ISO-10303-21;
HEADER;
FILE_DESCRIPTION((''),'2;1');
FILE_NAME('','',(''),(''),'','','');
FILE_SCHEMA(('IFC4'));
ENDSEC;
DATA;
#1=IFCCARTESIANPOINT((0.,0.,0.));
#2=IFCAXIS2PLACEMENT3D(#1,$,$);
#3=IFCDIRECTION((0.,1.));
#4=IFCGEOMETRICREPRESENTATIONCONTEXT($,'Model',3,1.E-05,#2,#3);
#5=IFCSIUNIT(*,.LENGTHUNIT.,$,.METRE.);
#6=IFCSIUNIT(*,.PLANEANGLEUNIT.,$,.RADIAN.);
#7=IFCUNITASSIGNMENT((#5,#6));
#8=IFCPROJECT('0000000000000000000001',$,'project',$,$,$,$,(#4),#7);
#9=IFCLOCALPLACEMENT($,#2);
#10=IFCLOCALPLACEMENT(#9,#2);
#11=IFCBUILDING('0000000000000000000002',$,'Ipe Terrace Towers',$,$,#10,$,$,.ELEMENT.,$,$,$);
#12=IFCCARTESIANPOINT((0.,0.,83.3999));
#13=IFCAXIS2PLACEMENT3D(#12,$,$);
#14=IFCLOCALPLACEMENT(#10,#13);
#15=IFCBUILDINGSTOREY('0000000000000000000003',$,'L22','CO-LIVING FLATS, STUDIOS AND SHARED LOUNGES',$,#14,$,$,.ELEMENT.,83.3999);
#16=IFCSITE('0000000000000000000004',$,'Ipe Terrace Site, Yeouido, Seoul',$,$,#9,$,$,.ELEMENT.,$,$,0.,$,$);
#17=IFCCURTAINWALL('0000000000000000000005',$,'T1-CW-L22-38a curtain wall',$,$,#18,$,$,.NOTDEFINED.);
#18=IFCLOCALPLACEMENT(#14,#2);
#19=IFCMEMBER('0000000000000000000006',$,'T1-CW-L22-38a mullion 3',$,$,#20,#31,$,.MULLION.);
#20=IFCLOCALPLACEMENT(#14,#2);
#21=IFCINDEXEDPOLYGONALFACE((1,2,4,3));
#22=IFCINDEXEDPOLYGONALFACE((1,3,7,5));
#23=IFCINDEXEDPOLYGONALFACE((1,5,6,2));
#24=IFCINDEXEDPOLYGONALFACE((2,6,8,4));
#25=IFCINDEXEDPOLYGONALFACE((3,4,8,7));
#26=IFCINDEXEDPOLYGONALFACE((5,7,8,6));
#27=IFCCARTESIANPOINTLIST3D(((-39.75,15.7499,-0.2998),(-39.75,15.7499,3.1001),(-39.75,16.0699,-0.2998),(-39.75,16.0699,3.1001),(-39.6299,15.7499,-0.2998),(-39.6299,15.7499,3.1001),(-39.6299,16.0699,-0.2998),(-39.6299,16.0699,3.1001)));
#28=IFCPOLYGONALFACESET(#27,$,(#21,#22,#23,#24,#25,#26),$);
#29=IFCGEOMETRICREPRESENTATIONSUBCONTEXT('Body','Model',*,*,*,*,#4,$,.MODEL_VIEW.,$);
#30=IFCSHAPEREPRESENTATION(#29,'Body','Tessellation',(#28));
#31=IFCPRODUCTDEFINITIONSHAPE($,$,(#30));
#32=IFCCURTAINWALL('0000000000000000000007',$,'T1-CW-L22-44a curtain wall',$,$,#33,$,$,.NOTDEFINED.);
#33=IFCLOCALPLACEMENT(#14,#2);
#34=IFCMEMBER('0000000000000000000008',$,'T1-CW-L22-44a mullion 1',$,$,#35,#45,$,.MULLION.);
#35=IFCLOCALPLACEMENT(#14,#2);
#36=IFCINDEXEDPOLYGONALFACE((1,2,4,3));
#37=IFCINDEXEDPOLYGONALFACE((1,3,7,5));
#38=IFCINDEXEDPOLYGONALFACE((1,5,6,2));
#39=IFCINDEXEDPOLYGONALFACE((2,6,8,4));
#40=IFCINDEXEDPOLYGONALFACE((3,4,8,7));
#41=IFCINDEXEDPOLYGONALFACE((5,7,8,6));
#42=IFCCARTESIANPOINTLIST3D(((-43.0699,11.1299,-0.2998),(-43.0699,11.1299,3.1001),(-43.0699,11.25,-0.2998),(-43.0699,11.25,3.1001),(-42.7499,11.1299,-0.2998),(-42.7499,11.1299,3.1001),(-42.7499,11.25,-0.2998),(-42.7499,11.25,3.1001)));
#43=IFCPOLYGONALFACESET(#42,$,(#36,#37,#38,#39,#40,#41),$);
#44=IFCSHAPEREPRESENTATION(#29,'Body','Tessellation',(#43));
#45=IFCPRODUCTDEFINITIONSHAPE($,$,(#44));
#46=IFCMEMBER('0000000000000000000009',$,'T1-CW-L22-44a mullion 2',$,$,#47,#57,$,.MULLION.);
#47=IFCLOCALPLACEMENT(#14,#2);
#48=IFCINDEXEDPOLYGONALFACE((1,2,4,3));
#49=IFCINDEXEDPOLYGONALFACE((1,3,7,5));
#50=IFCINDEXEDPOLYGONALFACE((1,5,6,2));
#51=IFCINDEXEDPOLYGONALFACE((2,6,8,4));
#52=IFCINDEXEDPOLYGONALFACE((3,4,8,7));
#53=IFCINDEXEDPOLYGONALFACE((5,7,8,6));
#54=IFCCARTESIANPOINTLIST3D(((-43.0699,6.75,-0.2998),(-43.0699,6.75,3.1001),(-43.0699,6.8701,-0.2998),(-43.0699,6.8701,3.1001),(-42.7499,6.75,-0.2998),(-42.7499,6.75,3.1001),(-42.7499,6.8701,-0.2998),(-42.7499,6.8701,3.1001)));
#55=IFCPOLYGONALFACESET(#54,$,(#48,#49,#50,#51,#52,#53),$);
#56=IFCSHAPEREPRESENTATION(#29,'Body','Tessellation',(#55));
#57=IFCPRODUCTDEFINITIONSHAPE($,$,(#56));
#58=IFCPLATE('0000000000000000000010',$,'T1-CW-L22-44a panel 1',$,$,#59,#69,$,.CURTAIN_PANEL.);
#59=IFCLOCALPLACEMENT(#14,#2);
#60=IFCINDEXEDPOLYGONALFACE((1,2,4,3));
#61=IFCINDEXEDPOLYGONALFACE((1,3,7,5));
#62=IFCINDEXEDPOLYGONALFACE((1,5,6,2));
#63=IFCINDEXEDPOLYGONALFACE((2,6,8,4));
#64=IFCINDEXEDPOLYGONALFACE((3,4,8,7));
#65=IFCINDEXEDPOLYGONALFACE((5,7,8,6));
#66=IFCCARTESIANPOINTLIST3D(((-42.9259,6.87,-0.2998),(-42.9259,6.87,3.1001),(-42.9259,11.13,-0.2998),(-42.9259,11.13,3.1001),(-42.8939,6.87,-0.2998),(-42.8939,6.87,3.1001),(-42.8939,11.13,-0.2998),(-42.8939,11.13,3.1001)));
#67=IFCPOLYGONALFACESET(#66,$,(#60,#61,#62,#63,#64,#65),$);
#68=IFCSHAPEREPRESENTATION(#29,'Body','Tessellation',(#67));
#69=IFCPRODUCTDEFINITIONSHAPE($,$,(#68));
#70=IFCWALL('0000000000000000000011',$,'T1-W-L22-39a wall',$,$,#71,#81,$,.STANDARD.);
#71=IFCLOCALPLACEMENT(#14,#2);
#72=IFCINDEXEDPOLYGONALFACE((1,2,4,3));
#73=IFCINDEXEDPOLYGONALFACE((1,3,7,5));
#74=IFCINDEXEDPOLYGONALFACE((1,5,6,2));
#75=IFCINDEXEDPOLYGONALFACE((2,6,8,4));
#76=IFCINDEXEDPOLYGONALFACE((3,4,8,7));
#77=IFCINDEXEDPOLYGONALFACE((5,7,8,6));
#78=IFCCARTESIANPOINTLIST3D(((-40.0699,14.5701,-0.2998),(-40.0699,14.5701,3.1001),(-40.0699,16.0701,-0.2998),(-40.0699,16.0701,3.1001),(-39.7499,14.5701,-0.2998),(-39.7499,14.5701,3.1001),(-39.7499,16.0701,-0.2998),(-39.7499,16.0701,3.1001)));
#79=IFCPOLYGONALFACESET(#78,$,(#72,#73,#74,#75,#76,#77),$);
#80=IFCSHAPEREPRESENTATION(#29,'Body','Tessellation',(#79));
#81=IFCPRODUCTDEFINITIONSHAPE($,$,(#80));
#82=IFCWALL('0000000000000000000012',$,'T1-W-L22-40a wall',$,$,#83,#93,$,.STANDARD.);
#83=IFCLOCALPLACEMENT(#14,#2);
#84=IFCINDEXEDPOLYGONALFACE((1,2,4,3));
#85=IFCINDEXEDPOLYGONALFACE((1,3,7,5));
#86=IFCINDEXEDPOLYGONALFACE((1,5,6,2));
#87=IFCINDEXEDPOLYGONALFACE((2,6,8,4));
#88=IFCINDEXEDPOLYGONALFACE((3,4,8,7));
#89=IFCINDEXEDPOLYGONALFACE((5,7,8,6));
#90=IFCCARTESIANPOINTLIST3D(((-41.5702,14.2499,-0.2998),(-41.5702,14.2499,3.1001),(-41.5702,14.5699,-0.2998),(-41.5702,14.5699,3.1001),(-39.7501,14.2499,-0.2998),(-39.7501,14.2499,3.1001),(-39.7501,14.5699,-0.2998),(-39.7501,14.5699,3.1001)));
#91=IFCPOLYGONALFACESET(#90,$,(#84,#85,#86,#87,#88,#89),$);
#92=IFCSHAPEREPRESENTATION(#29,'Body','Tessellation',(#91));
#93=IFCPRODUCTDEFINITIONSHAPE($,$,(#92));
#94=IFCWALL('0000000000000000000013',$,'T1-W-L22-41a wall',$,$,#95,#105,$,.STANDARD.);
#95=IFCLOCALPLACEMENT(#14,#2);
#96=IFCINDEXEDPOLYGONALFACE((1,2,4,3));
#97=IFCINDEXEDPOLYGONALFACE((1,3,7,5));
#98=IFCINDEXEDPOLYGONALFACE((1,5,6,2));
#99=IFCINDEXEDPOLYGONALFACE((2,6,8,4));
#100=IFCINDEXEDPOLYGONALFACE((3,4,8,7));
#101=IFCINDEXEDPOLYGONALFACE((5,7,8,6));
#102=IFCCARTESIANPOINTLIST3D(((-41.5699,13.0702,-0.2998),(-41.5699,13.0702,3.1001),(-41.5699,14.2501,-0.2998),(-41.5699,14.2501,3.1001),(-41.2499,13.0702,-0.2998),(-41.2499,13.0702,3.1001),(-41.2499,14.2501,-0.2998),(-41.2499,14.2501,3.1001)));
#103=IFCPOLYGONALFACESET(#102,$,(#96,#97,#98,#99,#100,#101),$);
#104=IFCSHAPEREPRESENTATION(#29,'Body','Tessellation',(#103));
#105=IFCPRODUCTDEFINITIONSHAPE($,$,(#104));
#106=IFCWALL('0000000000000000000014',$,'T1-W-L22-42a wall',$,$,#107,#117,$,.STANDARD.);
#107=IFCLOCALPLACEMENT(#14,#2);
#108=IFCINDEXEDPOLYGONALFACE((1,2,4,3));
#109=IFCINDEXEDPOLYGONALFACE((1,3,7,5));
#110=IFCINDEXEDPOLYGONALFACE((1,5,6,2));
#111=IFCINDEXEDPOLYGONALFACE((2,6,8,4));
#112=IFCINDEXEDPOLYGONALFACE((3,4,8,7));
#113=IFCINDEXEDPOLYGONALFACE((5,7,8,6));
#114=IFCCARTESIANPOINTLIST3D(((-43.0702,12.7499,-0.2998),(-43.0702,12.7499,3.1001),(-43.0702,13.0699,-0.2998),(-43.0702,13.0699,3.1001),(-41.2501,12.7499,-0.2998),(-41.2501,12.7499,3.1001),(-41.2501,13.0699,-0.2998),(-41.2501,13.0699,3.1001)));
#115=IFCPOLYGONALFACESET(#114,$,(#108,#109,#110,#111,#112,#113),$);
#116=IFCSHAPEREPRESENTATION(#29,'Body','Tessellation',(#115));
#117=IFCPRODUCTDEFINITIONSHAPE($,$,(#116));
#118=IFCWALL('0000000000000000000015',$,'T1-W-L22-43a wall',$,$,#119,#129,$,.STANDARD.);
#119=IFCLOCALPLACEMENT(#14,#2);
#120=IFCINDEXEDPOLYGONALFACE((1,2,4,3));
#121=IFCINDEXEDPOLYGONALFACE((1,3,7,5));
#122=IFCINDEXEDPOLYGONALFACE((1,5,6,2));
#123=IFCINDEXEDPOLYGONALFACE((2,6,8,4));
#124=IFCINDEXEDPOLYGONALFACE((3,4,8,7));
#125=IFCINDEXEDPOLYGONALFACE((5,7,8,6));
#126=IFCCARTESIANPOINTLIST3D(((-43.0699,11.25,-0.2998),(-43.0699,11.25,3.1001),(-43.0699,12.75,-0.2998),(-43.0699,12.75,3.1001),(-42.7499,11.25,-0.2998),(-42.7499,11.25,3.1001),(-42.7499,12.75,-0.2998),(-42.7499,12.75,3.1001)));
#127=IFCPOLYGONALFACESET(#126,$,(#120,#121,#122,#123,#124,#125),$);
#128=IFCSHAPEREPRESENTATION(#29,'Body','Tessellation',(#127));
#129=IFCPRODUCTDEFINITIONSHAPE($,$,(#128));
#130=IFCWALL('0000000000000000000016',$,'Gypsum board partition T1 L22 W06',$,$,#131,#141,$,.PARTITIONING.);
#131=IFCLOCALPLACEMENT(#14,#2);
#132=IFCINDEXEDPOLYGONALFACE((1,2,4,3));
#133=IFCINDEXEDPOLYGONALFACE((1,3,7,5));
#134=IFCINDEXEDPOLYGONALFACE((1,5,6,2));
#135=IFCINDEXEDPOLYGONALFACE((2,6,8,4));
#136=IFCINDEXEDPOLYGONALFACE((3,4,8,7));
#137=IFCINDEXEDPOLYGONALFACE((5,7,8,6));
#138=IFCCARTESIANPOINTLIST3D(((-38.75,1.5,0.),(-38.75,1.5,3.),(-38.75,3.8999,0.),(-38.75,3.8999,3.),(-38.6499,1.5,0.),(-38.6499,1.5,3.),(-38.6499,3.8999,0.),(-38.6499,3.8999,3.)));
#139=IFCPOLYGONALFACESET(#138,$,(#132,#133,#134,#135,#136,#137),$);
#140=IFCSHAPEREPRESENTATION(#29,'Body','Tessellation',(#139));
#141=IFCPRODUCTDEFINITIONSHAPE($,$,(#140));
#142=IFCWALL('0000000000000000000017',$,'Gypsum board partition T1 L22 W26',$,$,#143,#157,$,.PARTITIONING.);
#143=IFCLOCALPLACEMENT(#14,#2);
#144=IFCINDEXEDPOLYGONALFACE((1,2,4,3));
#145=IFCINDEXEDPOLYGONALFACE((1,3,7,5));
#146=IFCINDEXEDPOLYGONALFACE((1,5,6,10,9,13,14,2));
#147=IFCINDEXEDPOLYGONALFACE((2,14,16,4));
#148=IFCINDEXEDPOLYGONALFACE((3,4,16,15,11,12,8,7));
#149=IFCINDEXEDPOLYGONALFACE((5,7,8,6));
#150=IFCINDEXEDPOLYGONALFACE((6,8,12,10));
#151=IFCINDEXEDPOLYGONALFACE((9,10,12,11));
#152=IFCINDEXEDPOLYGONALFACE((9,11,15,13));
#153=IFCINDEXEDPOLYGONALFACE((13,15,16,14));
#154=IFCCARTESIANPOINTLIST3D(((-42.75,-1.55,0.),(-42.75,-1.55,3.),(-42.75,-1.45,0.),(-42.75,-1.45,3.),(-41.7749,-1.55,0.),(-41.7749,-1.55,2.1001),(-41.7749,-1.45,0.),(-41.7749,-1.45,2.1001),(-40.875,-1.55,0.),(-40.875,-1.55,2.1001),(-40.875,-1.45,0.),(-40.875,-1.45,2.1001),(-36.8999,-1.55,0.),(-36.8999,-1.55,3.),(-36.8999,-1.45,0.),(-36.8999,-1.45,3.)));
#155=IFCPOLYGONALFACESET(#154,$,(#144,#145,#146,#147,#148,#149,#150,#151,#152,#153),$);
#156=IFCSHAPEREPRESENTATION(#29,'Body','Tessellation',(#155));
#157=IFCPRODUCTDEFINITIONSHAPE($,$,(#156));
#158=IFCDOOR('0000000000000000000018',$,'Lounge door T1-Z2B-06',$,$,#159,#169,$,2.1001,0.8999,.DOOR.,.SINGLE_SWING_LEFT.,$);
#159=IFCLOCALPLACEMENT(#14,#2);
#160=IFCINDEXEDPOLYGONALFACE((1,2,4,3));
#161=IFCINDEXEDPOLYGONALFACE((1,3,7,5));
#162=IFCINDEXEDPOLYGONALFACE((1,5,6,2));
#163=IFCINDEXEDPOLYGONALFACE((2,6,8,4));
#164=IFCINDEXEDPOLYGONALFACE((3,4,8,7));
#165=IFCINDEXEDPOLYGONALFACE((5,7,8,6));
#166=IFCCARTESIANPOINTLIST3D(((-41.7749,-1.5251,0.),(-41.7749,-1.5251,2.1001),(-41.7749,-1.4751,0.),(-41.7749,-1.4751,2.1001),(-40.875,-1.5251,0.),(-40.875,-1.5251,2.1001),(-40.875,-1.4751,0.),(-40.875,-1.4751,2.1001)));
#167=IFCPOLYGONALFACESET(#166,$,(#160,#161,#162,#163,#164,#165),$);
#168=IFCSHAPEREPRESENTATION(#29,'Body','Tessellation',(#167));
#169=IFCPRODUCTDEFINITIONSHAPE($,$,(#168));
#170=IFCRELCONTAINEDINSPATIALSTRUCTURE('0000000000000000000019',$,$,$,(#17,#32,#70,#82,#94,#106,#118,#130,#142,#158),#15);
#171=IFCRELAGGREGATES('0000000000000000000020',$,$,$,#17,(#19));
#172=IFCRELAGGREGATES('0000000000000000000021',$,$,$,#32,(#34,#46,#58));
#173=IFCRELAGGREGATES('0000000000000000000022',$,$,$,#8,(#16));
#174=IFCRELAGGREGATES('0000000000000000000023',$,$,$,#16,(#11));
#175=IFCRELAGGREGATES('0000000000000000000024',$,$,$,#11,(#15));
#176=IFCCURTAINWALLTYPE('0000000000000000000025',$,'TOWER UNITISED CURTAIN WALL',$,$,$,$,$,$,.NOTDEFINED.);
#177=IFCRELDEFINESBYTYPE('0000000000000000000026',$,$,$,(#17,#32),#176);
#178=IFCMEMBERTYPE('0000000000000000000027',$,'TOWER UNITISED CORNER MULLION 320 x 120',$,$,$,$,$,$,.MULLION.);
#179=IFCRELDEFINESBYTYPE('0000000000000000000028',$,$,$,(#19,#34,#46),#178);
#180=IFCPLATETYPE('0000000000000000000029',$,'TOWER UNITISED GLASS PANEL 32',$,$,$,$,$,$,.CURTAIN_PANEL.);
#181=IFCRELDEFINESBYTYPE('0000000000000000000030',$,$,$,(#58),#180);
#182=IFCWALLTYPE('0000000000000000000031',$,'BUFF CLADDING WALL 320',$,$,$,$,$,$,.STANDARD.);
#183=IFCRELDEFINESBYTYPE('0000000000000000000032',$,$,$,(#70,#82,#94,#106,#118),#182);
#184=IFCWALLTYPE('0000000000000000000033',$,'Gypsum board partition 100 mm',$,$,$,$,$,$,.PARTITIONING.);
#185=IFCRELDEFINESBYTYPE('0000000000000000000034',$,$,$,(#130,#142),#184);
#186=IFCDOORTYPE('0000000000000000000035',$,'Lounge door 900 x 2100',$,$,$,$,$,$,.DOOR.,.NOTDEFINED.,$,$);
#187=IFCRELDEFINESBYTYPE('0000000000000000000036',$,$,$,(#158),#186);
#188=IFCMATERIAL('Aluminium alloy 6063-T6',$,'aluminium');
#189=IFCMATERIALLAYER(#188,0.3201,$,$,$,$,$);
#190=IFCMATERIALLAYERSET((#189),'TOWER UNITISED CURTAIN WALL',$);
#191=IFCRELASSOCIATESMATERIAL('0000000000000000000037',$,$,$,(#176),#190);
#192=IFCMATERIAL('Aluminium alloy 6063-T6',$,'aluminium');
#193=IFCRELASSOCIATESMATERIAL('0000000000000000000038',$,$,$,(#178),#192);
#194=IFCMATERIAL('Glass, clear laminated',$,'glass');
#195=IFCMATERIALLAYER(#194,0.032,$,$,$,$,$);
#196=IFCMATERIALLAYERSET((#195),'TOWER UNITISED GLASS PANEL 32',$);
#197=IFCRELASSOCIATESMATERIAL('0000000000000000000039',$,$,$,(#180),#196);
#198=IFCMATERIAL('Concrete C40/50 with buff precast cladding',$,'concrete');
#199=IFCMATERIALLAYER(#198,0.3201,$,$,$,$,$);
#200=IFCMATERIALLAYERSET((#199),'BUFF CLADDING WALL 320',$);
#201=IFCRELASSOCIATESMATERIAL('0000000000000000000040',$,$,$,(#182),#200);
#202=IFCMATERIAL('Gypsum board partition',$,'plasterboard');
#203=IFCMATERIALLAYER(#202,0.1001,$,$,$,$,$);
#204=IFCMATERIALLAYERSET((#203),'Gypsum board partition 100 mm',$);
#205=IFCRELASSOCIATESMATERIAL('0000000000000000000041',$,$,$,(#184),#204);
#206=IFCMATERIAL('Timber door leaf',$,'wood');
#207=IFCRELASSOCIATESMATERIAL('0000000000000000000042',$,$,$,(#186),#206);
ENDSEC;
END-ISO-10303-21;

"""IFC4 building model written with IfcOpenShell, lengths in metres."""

from ifc_helpers import new_model, si_unit, direction, frame, frame_2d, origin, origin_2d, place, context, subcontext, project, spatial, rectangle, extrude, material, layer, layer_set, material_profile, profile_set, type_object, element, fill, aggregate, save


model = new_model("IFC4")

# Units and contexts
model_context = context("Model", 3, precision=1e-05, world=origin(), true_north=direction((0.0, 1.0)))
body_context = subcontext(model_context, "Body", "Model", "MODEL_VIEW")
ifc_project = project(units=[si_unit("LENGTHUNIT", "METRE"), si_unit("PLANEANGLEUNIT", "RADIAN")], contexts=[model_context])

# Site, building, storey
site_placement = place(None, origin())
site = spatial("IfcSite", under=ifc_project, at=site_placement, Name="Ipe Terrace Site, Yeouido, Seoul", CompositionType="ELEMENT", RefElevation=0.0)
building_placement = place(site_placement, origin())
building = spatial("IfcBuilding", under=site, at=building_placement, Name="Ipe Terrace Towers", CompositionType="ELEMENT")
storey_placement = place(building_placement, frame((0.0, 0.0, 83.3999)))
storey = spatial("IfcBuildingStorey", under=building, at=storey_placement, Name="L22", Description="CO-LIVING FLATS, STUDIOS AND SHARED LOUNGES", CompositionType="ELEMENT", Elevation=83.3999)

# Curtain wall, member
ifc_material_1 = material(Name="Aluminium alloy 6063-T6", Category="aluminium")
ifc_layer_1 = layer(ifc_material_1, 0.3201)
ifc_layer_set_1 = layer_set([ifc_layer_1], Name="TOWER UNITISED CURTAIN WALL")
curtain_wall_type = type_object("IfcCurtainWallType", Name="TOWER UNITISED CURTAIN WALL", PredefinedType="NOTDEFINED", material=ifc_layer_set_1)
curtain_wall_1_placement = place(storey_placement, origin())
curtain_wall_1 = element("IfcCurtainWall", 1, at=curtain_wall_1_placement, inside=storey, type_object=curtain_wall_type, Name="T1-CW-L22-38a curtain wall", PredefinedType="NOTDEFINED")
ifc_material_2 = material(Name="Aluminium alloy 6063-T6", Category="aluminium")
ifc_material_profile_1 = material_profile(ifc_material_2, rectangle(XDim=0.3201, YDim=0.1201, at=origin_2d()), Name="TOWER UNITISED CORNER MULLION 320 x 120")
ifc_profile_set_1 = profile_set([ifc_material_profile_1], Name="Aluminium alloy 6063-T6")
member_type = type_object("IfcMemberType", Name="TOWER UNITISED CORNER MULLION 320 x 120", PredefinedType="MULLION", material=ifc_profile_set_1)
member_1_placement = place(storey_placement, frame((-39.6899, 15.9099, -0.2998), z_axis=(0.0, 0.0, 1.0), x_axis=(0.0, 1.0, 0.0)))
member_1 = element("IfcMember", 2, at=member_1_placement, type_object=member_type, Name="T1-CW-L22-38a mullion 3", PredefinedType="MULLION", context=body_context, shape_type="SweptSolid", body=[
    extrude(rectangle(XDim=0.3201, YDim=0.1201, at=origin_2d()), origin(), (0.0, 0.0, 1.0), 3.3999),
])
aggregate(curtain_wall_1, [member_1])

# Curtain wall, members, plate
curtain_wall_2_placement = place(storey_placement, origin())
curtain_wall_2 = element("IfcCurtainWall", 3, at=curtain_wall_2_placement, inside=storey, type_object=curtain_wall_type, Name="T1-CW-L22-44a curtain wall", PredefinedType="NOTDEFINED")
member_2_placement = place(storey_placement, frame((-42.9099, 11.1899, -0.2998), z_axis=(0.0, 0.0, 1.0), x_axis=(-1.0, 0.0, 0.0)))
member_2 = element("IfcMember", 4, at=member_2_placement, type_object=member_type, Name="T1-CW-L22-44a mullion 1", PredefinedType="MULLION", context=body_context, shape_type="SweptSolid", body=[
    extrude(rectangle(XDim=0.3201, YDim=0.1201, at=origin_2d()), origin(), (0.0, 0.0, 1.0), 3.3999),
])
member_3_placement = place(storey_placement, frame((-42.9099, 6.8101, -0.2998), z_axis=(0.0, 0.0, 1.0), x_axis=(-1.0, 0.0, 0.0)))
member_3 = element("IfcMember", 5, at=member_3_placement, type_object=member_type, Name="T1-CW-L22-44a mullion 2", PredefinedType="MULLION", context=body_context, shape_type="SweptSolid", body=[
    extrude(rectangle(XDim=0.3201, YDim=0.1201, at=origin_2d()), origin(), (0.0, 0.0, 1.0), 3.3999),
])
ifc_material_3 = material(Name="Glass, clear laminated", Category="glass")
ifc_layer_2 = layer(ifc_material_3, 0.032)
ifc_layer_set_2 = layer_set([ifc_layer_2], Name="TOWER UNITISED GLASS PANEL 32")
plate_type = type_object("IfcPlateType", Name="TOWER UNITISED GLASS PANEL 32", PredefinedType="CURTAIN_PANEL", material=ifc_layer_set_2)
plate_placement = place(storey_placement, frame((-42.9099, 9.0, -0.2998), z_axis=(0.0, 0.0, 1.0), x_axis=(0.0, -1.0, 0.0)))
plate = element("IfcPlate", 6, at=plate_placement, type_object=plate_type, Name="T1-CW-L22-44a panel 1", PredefinedType="CURTAIN_PANEL", context=body_context, shape_type="SweptSolid", body=[
    extrude(rectangle(XDim=4.26, YDim=0.032, at=origin_2d()), origin(), (0.0, 0.0, 1.0), 3.3999),
])
aggregate(curtain_wall_2, [member_2, member_3, plate])

# Walls
ifc_material_4 = material(Name="Concrete C40/50 with buff precast cladding", Category="concrete")
ifc_layer_3 = layer(ifc_material_4, 0.3201)
ifc_layer_set_3 = layer_set([ifc_layer_3], Name="BUFF CLADDING WALL 320")
wall_type_1 = type_object("IfcWallType", Name="BUFF CLADDING WALL 320", PredefinedType="STANDARD", material=ifc_layer_set_3)
wall_1_placement = place(storey_placement, frame((-39.9099, 16.0701, -0.2998), z_axis=(0.0, 0.0, 1.0), x_axis=(0.0, -1.0, 0.0)))
element("IfcWall", 7, at=wall_1_placement, inside=storey, type_object=wall_type_1, Name="T1-W-L22-39a wall", PredefinedType="STANDARD", context=body_context, shape_type="SweptSolid", body=[
    extrude(rectangle(XDim=1.5, YDim=0.3201, at=frame_2d((0.75, 0.0))), origin(), (0.0, 0.0, 1.0), 3.3999),
])
wall_2_placement = place(storey_placement, frame((-39.75, 14.4099, -0.2998), z_axis=(0.0, 0.0, 1.0), x_axis=(-1.0, 0.0, 0.0)))
element("IfcWall", 8, at=wall_2_placement, inside=storey, type_object=wall_type_1, Name="T1-W-L22-40a wall", PredefinedType="STANDARD", context=body_context, shape_type="SweptSolid", body=[
    extrude(rectangle(XDim=1.8201, YDim=0.3201, at=frame_2d((0.9102, 0.0))), origin(), (0.0, 0.0, 1.0), 3.3999),
])
wall_3_placement = place(storey_placement, frame((-41.4099, 14.25, -0.2998), z_axis=(0.0, 0.0, 1.0), x_axis=(0.0, -1.0, 0.0)))
element("IfcWall", 9, at=wall_3_placement, inside=storey, type_object=wall_type_1, Name="T1-W-L22-41a wall", PredefinedType="STANDARD", context=body_context, shape_type="SweptSolid", body=[
    extrude(rectangle(XDim=1.1799, YDim=0.3201, at=frame_2d((0.5898, 0.0))), origin(), (0.0, 0.0, 1.0), 3.3999),
])
wall_4_placement = place(storey_placement, frame((-41.25, 12.9099, -0.2998), z_axis=(0.0, 0.0, 1.0), x_axis=(-1.0, 0.0, 0.0)))
element("IfcWall", 10, at=wall_4_placement, inside=storey, type_object=wall_type_1, Name="T1-W-L22-42a wall", PredefinedType="STANDARD", context=body_context, shape_type="SweptSolid", body=[
    extrude(rectangle(XDim=1.8201, YDim=0.3201, at=frame_2d((0.9102, 0.0))), origin(), (0.0, 0.0, 1.0), 3.3999),
])
wall_5_placement = place(storey_placement, frame((-42.9099, 12.75, -0.2998), z_axis=(0.0, 0.0, 1.0), x_axis=(0.0, -1.0, 0.0)))
element("IfcWall", 11, at=wall_5_placement, inside=storey, type_object=wall_type_1, Name="T1-W-L22-43a wall", PredefinedType="STANDARD", context=body_context, shape_type="SweptSolid", body=[
    extrude(rectangle(XDim=1.5, YDim=0.3201, at=frame_2d((0.75, 0.0))), origin(), (0.0, 0.0, 1.0), 3.3999),
])
ifc_material_5 = material(Name="Gypsum board partition", Category="plasterboard")
ifc_layer_4 = layer(ifc_material_5, 0.1001)
ifc_layer_set_4 = layer_set([ifc_layer_4], Name="Gypsum board partition 100 mm")
wall_type_2 = type_object("IfcWallType", Name="Gypsum board partition 100 mm", PredefinedType="PARTITIONING", material=ifc_layer_set_4)
wall_6_placement = place(storey_placement, frame((-38.7, 1.5, 0.0), z_axis=(0.0, 0.0, 1.0), x_axis=(0.0, 1.0, 0.0)))
element("IfcWall", 12, at=wall_6_placement, inside=storey, type_object=wall_type_2, Name="Gypsum board partition T1 L22 W06", PredefinedType="PARTITIONING", context=body_context, shape_type="SweptSolid", body=[
    extrude(rectangle(XDim=2.3999, YDim=0.1001, at=frame_2d((1.2, 0.0))), origin(), (0.0, 0.0, 1.0), 3.0),
])

# Wall, opening, door
wall_7_placement = place(storey_placement, frame((-42.75, -1.5, 0.0), z_axis=(0.0, 0.0, 1.0), x_axis=(1.0, 0.0, 0.0)))
wall_7 = element("IfcWall", 13, at=wall_7_placement, inside=storey, type_object=wall_type_2, Name="Gypsum board partition T1 L22 W26", PredefinedType="PARTITIONING", context=body_context, shape_type="SweptSolid", body=[
    extrude(rectangle(XDim=5.8501, YDim=0.1001, at=frame_2d((2.925, 0.0))), origin(), (0.0, 0.0, 1.0), 3.0),
])
opening_1_placement = place(wall_7_placement, frame((0.9751, 0.0, 0.0)))
opening_1 = element("IfcOpeningElement", 14, at=opening_1_placement, cuts=wall_7, PredefinedType="OPENING", context=body_context, shape_type="SweptSolid", body=[
    extrude(rectangle(XDim=0.8999, YDim=2.1001, at=frame_2d((0.45, 1.05))), frame((0.0, 0.0601, 0.0), z_axis=(0.0, -1.0, 0.0), x_axis=(1.0, 0.0, 0.0)), (0.0, 0.0, 1.0), 0.1201),
])
ifc_material_6 = material(Name="Timber door leaf", Category="wood")
door_type_1 = type_object("IfcDoorType", Name="Lounge door 900 x 2100", OperationType="NOTDEFINED", PredefinedType="DOOR", material=ifc_material_6)
door_1_placement = place(opening_1_placement, origin())
door_1 = element("IfcDoor", 15, at=door_1_placement, inside=storey, type_object=door_type_1, Name="Lounge door T1-Z2B-06", OperationType="SINGLE_SWING_LEFT", OverallHeight=2.1001, OverallWidth=0.8999, PredefinedType="DOOR", context=body_context, shape_type="SweptSolid", body=[
    extrude(rectangle(XDim=0.8999, YDim=2.1001, at=frame_2d((0.45, 1.05))), frame((0.0, 0.0249, 0.0), z_axis=(0.0, -1.0, 0.0), x_axis=(1.0, 0.0, 0.0)), (0.0, 0.0, 1.0), 0.05),
])
fill(opening_1, door_1)

save(model, "model.ifc")
